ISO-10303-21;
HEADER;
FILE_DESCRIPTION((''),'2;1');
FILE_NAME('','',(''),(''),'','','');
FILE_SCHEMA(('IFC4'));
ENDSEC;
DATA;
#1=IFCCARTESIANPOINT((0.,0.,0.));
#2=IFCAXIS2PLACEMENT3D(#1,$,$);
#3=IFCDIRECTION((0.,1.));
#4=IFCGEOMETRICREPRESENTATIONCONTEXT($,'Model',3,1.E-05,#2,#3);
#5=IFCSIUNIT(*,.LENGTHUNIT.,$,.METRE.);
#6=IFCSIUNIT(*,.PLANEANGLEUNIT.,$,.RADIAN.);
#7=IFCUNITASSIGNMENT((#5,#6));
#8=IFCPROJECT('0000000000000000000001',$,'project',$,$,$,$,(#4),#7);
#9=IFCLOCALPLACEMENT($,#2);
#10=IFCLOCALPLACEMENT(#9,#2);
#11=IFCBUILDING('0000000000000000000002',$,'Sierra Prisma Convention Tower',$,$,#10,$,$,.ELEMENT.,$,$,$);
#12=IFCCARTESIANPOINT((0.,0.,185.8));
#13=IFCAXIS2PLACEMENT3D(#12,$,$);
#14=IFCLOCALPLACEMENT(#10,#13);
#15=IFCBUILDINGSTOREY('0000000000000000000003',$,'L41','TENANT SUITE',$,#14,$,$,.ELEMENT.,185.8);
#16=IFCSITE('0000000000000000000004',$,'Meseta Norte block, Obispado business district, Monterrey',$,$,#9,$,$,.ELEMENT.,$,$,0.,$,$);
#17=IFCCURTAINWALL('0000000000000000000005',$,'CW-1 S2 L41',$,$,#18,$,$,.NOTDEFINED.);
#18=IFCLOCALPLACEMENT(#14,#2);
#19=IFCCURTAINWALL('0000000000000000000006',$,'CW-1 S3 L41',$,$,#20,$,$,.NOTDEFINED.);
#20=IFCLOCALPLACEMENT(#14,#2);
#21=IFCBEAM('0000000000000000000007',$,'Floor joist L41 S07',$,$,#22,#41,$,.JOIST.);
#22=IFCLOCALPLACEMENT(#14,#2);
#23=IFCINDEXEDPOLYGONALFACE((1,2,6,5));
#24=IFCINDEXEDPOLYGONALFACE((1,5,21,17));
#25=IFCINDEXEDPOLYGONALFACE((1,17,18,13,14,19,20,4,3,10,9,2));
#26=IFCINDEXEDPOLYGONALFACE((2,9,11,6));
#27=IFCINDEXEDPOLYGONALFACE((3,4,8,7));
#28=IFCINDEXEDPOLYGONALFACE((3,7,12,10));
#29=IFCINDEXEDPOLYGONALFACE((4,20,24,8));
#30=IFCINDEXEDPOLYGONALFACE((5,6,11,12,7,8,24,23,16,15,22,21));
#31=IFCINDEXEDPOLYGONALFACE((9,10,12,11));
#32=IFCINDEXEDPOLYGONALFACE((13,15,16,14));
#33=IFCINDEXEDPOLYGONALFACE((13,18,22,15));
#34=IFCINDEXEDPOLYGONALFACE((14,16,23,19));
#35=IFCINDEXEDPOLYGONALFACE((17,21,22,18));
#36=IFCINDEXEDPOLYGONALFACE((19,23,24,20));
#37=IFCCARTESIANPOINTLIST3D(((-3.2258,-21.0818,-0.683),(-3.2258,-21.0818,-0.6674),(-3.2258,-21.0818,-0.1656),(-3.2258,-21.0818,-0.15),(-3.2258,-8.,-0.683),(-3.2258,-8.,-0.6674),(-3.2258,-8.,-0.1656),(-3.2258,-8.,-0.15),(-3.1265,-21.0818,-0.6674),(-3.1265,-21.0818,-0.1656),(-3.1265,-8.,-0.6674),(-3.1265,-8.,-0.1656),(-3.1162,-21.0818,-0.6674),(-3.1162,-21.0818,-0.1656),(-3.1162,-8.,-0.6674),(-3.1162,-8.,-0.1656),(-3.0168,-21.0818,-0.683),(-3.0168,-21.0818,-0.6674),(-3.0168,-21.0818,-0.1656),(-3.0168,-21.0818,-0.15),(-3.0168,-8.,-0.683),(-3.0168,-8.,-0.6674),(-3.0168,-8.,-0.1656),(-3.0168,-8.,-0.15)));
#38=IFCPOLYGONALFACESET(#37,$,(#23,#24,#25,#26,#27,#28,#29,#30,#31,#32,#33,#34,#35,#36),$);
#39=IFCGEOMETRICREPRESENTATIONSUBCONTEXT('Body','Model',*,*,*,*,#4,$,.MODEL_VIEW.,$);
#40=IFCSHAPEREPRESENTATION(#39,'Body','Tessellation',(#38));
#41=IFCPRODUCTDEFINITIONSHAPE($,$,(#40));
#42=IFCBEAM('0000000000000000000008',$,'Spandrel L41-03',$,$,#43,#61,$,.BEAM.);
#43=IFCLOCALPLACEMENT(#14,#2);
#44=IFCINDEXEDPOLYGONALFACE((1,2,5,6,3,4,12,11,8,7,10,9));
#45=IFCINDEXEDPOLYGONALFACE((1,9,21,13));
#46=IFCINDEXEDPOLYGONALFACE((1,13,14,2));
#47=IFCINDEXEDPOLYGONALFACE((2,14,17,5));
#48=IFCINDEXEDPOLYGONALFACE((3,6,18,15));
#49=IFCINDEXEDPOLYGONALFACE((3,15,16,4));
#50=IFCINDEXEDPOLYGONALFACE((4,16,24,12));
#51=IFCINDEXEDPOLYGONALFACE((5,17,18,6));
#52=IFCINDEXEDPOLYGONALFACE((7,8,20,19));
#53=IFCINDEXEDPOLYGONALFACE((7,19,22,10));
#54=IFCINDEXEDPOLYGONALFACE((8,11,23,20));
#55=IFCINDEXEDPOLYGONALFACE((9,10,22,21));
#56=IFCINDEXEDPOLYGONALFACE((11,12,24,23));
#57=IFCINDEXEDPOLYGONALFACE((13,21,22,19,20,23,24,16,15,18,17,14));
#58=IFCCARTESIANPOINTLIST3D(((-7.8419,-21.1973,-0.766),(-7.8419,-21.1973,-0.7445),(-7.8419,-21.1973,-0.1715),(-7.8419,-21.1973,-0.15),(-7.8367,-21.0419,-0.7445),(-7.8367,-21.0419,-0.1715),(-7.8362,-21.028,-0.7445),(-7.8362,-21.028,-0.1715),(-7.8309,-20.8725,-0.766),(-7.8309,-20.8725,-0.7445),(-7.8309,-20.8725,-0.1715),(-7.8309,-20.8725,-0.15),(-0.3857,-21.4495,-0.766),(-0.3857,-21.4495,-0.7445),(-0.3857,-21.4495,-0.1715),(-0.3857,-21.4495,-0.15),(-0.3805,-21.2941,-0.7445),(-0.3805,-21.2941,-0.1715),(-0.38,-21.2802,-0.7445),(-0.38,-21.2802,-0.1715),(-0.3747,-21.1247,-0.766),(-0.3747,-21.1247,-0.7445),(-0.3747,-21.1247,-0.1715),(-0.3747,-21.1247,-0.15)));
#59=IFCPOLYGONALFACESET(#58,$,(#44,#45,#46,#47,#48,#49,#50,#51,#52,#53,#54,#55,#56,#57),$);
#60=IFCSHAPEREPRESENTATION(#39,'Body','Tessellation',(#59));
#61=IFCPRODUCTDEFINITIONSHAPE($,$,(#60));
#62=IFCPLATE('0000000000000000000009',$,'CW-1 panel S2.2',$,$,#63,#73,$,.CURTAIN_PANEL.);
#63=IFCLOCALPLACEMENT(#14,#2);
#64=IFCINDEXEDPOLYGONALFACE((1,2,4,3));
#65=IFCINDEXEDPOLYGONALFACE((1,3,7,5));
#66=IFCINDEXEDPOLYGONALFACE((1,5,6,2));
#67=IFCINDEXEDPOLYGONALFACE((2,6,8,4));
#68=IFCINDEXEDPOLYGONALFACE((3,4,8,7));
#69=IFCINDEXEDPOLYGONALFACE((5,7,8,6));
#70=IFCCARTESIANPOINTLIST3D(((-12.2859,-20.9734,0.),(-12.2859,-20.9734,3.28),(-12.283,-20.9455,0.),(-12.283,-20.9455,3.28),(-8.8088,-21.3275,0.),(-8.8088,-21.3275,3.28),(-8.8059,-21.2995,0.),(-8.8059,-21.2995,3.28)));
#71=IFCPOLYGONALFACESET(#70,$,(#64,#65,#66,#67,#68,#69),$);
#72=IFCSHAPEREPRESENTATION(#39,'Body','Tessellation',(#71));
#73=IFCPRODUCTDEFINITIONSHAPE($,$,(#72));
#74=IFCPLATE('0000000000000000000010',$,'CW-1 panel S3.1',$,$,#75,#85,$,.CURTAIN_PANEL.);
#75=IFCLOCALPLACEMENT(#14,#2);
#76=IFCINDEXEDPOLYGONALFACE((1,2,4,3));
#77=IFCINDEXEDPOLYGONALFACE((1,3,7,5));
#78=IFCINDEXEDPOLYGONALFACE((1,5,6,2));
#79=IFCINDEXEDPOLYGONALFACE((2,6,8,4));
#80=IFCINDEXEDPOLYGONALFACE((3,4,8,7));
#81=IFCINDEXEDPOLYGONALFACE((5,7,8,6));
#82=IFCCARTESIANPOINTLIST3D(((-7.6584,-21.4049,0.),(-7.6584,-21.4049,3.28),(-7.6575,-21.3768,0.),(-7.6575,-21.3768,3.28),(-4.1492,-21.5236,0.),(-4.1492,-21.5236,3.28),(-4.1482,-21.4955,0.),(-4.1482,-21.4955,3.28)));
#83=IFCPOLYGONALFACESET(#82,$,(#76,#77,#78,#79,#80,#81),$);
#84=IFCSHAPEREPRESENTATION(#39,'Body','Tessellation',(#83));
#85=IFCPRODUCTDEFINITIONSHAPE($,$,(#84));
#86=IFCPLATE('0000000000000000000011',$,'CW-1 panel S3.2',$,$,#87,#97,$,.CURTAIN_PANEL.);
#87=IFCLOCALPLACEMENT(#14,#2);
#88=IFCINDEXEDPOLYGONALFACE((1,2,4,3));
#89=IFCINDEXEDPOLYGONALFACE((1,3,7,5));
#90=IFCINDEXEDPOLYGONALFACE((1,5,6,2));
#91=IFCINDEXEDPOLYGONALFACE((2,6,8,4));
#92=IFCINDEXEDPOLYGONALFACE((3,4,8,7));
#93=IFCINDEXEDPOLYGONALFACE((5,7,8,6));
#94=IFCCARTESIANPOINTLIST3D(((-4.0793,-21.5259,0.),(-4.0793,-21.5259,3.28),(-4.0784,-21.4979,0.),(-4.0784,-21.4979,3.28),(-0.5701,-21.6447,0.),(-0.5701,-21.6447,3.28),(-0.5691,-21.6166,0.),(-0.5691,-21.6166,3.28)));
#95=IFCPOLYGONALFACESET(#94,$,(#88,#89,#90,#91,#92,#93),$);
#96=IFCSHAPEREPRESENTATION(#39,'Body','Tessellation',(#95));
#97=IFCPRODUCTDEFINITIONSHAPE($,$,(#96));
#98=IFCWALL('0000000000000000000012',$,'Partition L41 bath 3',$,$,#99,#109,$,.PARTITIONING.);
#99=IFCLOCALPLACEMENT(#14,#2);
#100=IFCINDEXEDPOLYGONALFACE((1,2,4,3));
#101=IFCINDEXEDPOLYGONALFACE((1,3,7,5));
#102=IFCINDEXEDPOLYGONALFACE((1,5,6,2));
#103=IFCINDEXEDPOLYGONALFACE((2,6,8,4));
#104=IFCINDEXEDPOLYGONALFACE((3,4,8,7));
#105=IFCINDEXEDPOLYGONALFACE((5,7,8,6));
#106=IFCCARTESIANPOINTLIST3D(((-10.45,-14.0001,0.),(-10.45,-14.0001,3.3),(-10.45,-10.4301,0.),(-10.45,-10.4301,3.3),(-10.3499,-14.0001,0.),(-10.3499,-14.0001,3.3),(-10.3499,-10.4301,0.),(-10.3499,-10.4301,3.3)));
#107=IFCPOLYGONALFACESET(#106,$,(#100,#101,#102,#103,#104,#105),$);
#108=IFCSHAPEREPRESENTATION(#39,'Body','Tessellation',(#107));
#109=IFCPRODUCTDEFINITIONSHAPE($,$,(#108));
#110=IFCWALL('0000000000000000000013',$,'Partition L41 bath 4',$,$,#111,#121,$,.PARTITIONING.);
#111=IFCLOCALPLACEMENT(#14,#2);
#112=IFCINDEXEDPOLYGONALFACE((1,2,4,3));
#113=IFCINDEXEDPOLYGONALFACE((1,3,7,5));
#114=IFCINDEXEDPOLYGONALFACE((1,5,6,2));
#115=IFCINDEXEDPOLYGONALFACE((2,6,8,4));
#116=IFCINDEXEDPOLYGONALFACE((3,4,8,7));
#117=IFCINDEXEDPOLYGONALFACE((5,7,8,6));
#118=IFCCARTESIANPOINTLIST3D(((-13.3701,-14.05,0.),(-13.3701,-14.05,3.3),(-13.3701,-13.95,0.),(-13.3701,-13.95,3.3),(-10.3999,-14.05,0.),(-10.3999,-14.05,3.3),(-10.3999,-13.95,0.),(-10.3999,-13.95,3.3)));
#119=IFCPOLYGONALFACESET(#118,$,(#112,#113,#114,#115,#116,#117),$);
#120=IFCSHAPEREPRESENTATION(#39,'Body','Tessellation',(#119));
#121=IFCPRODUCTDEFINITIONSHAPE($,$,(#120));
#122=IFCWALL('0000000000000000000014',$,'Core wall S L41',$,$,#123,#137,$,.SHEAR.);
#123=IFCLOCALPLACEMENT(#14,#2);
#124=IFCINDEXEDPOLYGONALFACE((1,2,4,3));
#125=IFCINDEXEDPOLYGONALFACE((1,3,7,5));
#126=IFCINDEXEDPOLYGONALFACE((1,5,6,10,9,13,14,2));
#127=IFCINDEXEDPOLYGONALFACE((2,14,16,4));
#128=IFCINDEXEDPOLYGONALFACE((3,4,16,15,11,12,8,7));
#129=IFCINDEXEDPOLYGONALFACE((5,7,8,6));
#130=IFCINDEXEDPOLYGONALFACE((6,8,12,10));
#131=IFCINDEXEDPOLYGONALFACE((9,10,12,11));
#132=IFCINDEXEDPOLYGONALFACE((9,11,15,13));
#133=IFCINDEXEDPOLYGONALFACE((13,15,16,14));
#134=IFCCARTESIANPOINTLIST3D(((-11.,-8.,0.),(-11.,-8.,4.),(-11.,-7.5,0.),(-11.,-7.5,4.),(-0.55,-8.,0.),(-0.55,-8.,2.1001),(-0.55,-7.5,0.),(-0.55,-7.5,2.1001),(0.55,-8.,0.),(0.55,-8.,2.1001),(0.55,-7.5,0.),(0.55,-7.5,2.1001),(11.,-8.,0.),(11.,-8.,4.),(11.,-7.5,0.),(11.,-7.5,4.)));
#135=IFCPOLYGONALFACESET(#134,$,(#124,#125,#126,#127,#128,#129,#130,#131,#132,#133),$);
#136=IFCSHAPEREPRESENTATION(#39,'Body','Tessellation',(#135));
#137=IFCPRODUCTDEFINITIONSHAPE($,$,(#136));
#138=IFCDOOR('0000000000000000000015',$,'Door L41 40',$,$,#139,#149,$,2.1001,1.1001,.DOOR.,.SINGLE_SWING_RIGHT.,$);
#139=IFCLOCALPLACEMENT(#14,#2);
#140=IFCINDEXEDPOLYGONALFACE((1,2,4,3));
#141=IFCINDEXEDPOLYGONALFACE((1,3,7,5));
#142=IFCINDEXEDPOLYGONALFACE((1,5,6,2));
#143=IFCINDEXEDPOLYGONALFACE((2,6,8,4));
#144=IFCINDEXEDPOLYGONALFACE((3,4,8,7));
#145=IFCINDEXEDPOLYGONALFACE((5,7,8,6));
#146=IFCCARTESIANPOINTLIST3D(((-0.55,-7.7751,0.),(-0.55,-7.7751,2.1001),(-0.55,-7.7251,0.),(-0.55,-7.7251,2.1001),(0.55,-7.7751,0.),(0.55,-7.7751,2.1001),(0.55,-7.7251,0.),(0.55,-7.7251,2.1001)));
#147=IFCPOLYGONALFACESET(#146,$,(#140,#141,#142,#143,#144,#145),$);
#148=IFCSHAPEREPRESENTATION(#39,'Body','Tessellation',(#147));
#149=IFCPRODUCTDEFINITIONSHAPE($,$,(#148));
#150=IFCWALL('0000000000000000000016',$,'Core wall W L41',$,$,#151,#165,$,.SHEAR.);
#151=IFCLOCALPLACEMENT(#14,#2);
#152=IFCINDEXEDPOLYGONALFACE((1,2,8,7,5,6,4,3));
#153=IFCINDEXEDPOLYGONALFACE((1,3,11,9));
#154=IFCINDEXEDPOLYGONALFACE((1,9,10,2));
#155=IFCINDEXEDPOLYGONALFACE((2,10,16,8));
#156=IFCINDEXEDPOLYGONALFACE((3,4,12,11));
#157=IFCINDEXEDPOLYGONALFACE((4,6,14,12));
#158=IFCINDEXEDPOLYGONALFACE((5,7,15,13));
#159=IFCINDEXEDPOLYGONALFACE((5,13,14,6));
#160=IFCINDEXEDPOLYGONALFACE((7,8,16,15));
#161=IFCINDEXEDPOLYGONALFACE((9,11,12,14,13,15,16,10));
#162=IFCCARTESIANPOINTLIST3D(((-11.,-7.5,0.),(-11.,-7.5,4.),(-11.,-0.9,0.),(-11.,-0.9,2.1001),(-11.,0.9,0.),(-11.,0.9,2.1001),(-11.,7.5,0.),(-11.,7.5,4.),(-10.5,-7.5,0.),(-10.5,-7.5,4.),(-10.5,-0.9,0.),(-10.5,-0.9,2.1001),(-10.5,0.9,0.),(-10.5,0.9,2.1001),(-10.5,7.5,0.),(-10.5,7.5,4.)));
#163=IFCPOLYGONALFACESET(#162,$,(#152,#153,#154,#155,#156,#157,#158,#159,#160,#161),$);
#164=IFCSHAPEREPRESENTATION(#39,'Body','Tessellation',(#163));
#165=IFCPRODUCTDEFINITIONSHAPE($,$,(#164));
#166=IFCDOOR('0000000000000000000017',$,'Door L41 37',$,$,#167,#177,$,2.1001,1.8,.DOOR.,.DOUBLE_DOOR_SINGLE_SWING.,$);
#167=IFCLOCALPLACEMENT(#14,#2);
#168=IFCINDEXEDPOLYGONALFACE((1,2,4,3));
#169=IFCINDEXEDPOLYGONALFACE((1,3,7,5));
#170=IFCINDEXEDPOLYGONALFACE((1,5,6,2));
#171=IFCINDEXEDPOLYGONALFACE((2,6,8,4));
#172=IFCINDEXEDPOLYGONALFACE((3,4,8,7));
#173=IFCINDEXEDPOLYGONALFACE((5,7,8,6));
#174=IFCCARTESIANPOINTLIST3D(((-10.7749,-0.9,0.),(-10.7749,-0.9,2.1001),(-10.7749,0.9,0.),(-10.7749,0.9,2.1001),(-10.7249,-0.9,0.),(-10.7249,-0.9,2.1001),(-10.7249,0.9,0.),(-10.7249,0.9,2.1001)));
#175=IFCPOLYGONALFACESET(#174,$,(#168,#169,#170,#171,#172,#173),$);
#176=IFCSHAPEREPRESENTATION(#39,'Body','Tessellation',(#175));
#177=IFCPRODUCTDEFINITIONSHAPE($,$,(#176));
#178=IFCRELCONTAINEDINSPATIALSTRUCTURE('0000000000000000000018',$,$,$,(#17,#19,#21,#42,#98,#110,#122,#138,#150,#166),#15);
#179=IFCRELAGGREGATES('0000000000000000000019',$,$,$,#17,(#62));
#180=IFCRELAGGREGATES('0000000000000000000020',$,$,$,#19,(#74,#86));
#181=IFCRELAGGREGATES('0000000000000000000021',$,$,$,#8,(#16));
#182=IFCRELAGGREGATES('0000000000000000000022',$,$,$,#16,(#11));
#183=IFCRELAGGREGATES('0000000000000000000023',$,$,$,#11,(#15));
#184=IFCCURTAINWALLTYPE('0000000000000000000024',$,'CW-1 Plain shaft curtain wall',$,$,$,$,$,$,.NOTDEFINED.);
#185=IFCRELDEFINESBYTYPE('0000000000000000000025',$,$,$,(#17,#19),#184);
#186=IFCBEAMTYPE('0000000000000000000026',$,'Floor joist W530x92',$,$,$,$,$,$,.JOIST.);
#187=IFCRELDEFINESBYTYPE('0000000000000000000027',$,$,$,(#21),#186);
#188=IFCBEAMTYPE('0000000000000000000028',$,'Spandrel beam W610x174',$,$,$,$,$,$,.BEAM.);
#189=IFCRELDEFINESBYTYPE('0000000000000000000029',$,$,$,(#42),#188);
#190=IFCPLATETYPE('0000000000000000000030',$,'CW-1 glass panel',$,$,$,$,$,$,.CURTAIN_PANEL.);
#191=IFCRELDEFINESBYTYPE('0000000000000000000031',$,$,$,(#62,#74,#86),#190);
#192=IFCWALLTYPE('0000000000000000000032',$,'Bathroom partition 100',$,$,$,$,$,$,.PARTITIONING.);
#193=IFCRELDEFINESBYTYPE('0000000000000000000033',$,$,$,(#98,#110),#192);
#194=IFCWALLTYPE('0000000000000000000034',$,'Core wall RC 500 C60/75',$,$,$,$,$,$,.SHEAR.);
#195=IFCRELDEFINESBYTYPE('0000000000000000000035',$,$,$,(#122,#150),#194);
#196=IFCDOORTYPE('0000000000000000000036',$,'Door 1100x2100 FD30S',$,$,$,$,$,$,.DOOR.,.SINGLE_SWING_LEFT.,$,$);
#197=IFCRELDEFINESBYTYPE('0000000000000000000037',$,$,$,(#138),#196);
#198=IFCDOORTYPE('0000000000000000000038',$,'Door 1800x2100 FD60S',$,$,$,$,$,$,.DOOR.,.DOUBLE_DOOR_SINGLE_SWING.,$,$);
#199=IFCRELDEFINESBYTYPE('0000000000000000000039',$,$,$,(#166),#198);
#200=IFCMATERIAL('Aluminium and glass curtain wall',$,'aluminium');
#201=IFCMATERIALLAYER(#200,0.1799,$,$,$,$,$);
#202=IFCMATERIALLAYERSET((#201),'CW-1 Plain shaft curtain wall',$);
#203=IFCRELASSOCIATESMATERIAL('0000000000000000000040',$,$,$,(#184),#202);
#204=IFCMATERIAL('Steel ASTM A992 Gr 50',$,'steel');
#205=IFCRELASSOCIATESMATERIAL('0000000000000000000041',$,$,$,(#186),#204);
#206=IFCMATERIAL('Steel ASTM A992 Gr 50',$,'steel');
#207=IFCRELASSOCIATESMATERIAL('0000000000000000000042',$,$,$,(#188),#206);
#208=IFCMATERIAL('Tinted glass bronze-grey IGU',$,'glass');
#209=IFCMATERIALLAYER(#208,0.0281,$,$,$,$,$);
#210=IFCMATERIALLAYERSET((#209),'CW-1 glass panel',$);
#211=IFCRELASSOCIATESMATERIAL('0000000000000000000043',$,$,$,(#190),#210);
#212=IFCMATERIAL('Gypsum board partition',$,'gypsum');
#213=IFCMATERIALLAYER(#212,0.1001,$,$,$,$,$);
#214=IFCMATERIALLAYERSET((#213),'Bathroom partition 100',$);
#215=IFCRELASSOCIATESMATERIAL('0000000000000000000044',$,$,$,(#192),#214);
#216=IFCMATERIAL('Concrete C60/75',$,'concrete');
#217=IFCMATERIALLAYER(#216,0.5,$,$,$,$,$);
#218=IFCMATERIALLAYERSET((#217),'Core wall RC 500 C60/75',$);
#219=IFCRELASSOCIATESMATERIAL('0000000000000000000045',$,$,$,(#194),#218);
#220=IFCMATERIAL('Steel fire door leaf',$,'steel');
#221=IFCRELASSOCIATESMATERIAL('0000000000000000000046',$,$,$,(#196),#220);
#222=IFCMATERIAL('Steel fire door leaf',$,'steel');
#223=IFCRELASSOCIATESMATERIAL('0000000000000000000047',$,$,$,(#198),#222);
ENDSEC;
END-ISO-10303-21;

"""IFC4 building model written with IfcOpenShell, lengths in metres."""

from ifc_helpers import new_model, si_unit, direction, frame, frame_2d, origin, origin_2d, place, context, subcontext, project, spatial, rectangle, i_section, extrude, material, layer, layer_set, material_profile, profile_set, type_object, element, fill, aggregate, save


model = new_model("IFC4")

# Units and contexts
model_context = context("Model", 3, precision=1e-05, world=origin(), true_north=direction((0.0, 1.0)))
body_context = subcontext(model_context, "Body", "Model", "MODEL_VIEW")
ifc_project = project(units=[si_unit("LENGTHUNIT", "METRE"), si_unit("PLANEANGLEUNIT", "RADIAN")], contexts=[model_context])

# Site, building, storey
site_placement = place(None, origin())
site = spatial("IfcSite", under=ifc_project, at=site_placement, Name="Meseta Norte block, Obispado business district, Monterrey", CompositionType="ELEMENT", RefElevation=0.0)
building_placement = place(site_placement, origin())
building = spatial("IfcBuilding", under=site, at=building_placement, Name="Sierra Prisma Convention Tower", CompositionType="ELEMENT")
storey_placement = place(building_placement, frame((0.0, 0.0, 185.8)))
storey = spatial("IfcBuildingStorey", under=building, at=storey_placement, Name="L41", Description="TENANT SUITE", CompositionType="ELEMENT", Elevation=185.8)

# Curtain wall
ifc_material_1 = material(Name="Aluminium and glass curtain wall", Category="aluminium")
ifc_layer_1 = layer(ifc_material_1, 0.1799)
ifc_layer_set_1 = layer_set([ifc_layer_1], Name="CW-1 Plain shaft curtain wall")
curtain_wall_type = type_object("IfcCurtainWallType", Name="CW-1 Plain shaft curtain wall", PredefinedType="NOTDEFINED", material=ifc_layer_set_1)
curtain_wall_1_placement = place(storey_placement, origin())
curtain_wall_1 = element("IfcCurtainWall", 1, at=curtain_wall_1_placement, inside=storey, type_object=curtain_wall_type, Name="CW-1 S2 L41", PredefinedType="NOTDEFINED")

# Curtain wall
curtain_wall_2_placement = place(storey_placement, origin())
curtain_wall_2 = element("IfcCurtainWall", 2, at=curtain_wall_2_placement, inside=storey, type_object=curtain_wall_type, Name="CW-1 S3 L41", PredefinedType="NOTDEFINED")

# Beams
ifc_material_2 = material(Name="Steel ASTM A992 Gr 50", Category="steel")
ifc_material_profile_1 = material_profile(ifc_material_2, i_section(OverallWidth=0.209, OverallDepth=0.533, WebThickness=0.0103, FlangeThickness=0.0156, at=origin_2d()), Name="W530x92")
ifc_profile_set_1 = profile_set([ifc_material_profile_1], Name="Steel ASTM A992 Gr 50")
beam_type_1 = type_object("IfcBeamType", Name="Floor joist W530x92", PredefinedType="JOIST", material=ifc_profile_set_1)
beam_1_placement = place(storey_placement, frame((-3.1213, -21.0818, -0.4165), z_axis=(0.0, 1.0, 0.0), x_axis=(-1.0, 0.0, 0.0)))
element("IfcBeam", 3, at=beam_1_placement, inside=storey, type_object=beam_type_1, Name="Floor joist L41 S07", PredefinedType="JOIST", context=body_context, shape_type="SweptSolid", body=[
    extrude(i_section(OverallWidth=0.209, OverallDepth=0.533, WebThickness=0.0103, FlangeThickness=0.0156, at=origin_2d()), origin(), (0.0, 0.0, 1.0), 13.0818),
])
ifc_material_3 = material(Name="Steel ASTM A992 Gr 50", Category="steel")
ifc_material_profile_2 = material_profile(ifc_material_3, i_section(OverallWidth=0.325, OverallDepth=0.616, WebThickness=0.0139, FlangeThickness=0.0215, at=origin_2d()), Name="W610x174")
ifc_profile_set_2 = profile_set([ifc_material_profile_2], Name="Steel ASTM A992 Gr 50")
beam_type_2 = type_object("IfcBeamType", Name="Spandrel beam W610x174", PredefinedType="BEAM", material=ifc_profile_set_2)
beam_2_placement = place(storey_placement, frame((-7.8364, -21.0349, -0.458), z_axis=(0.999428, -0.033804, 0.0), x_axis=(0.033804, 0.999428, 0.0)))
element("IfcBeam", 4, at=beam_2_placement, inside=storey, type_object=beam_type_2, Name="Spandrel L41-03", PredefinedType="BEAM", context=body_context, shape_type="SweptSolid", body=[
    extrude(i_section(OverallWidth=0.325, OverallDepth=0.616, WebThickness=0.0139, FlangeThickness=0.0215, at=origin_2d()), origin(), (0.0, 0.0, 1.0), 7.4604),
])

# Plates
ifc_material_4 = material(Name="Tinted glass bronze-grey IGU", Category="glass")
ifc_layer_2 = layer(ifc_material_4, 0.0281)
ifc_layer_set_2 = layer_set([ifc_layer_2], Name="CW-1 glass panel")
plate_type = type_object("IfcPlateType", Name="CW-1 glass panel", PredefinedType="CURTAIN_PANEL", material=ifc_layer_set_2)
plate_1_placement = place(storey_placement, frame((-10.5459, -21.1365, 0.0), z_axis=(0.0, 0.0, 1.0), x_axis=(0.994856, -0.101297, 0.0)))
plate_1 = element("IfcPlate", 5, at=plate_1_placement, type_object=plate_type, Name="CW-1 panel S2.2", PredefinedType="CURTAIN_PANEL", context=body_context, shape_type="SweptSolid", body=[
    extrude(rectangle(XDim=3.4951, YDim=0.0281, at=origin_2d()), origin(), (0.0, 0.0, 1.0), 3.28),
])
aggregate(curtain_wall_1, [plate_1])
plate_2_placement = place(storey_placement, frame((-5.9033, -21.4502, 0.0), z_axis=(0.0, 0.0, 1.0), x_axis=(0.999428, -0.033817, 0.0)))
plate_2 = element("IfcPlate", 6, at=plate_2_placement, type_object=plate_type, Name="CW-1 panel S3.1", PredefinedType="CURTAIN_PANEL", context=body_context, shape_type="SweptSolid", body=[
    extrude(rectangle(XDim=3.5112, YDim=0.0281, at=origin_2d()), origin(), (0.0, 0.0, 1.0), 3.28),
])
plate_3_placement = place(storey_placement, frame((-2.3242, -21.5713, 0.0), z_axis=(0.0, 0.0, 1.0), x_axis=(0.999428, -0.033817, 0.0)))
plate_3 = element("IfcPlate", 7, at=plate_3_placement, type_object=plate_type, Name="CW-1 panel S3.2", PredefinedType="CURTAIN_PANEL", context=body_context, shape_type="SweptSolid", body=[
    extrude(rectangle(XDim=3.5112, YDim=0.0281, at=origin_2d()), origin(), (0.0, 0.0, 1.0), 3.28),
])
aggregate(curtain_wall_2, [plate_2, plate_3])

# Walls
ifc_material_5 = material(Name="Gypsum board partition", Category="gypsum")
ifc_layer_3 = layer(ifc_material_5, 0.1001)
ifc_layer_set_3 = layer_set([ifc_layer_3], Name="Bathroom partition 100")
wall_type_1 = type_object("IfcWallType", Name="Bathroom partition 100", PredefinedType="PARTITIONING", material=ifc_layer_set_3)
wall_1_placement = place(storey_placement, frame((-10.3999, -10.4299, 0.0), z_axis=(0.0, 0.0, 1.0), x_axis=(0.0, -1.0, 0.0)))
element("IfcWall", 8, at=wall_1_placement, inside=storey, type_object=wall_type_1, Name="Partition L41 bath 3", PredefinedType="PARTITIONING", context=body_context, shape_type="SweptSolid", body=[
    extrude(rectangle(XDim=3.5701, YDim=0.1001, at=frame_2d((1.7852, 0.0))), origin(), (0.0, 0.0, 1.0), 3.3),
])
wall_2_placement = place(storey_placement, frame((-10.3999, -14.0, 0.0), z_axis=(0.0, 0.0, 1.0), x_axis=(-1.0, 0.0, 0.0)))
element("IfcWall", 9, at=wall_2_placement, inside=storey, type_object=wall_type_1, Name="Partition L41 bath 4", PredefinedType="PARTITIONING", context=body_context, shape_type="SweptSolid", body=[
    extrude(rectangle(XDim=2.9702, YDim=0.1001, at=frame_2d((1.4851, 0.0))), origin(), (0.0, 0.0, 1.0), 3.3),
])

# Walls, openings, doors
ifc_material_6 = material(Name="Concrete C60/75", Category="concrete")
ifc_layer_4 = layer(ifc_material_6, 0.5)
ifc_layer_set_4 = layer_set([ifc_layer_4], Name="Core wall RC 500 C60/75")
wall_type_2 = type_object("IfcWallType", Name="Core wall RC 500 C60/75", PredefinedType="SHEAR", material=ifc_layer_set_4)
wall_3_placement = place(storey_placement, frame((-11.0, -7.75, 0.0), z_axis=(0.0, 0.0, 1.0), x_axis=(1.0, 0.0, 0.0)))
wall_3 = element("IfcWall", 10, at=wall_3_placement, inside=storey, type_object=wall_type_2, Name="Core wall S L41", PredefinedType="SHEAR", context=body_context, shape_type="SweptSolid", body=[
    extrude(rectangle(XDim=22.0, YDim=0.5, at=frame_2d((11.0, 0.0))), origin(), (0.0, 0.0, 1.0), 4.0),
])
opening_1_placement = place(wall_3_placement, frame((10.45, 0.0, 0.0)))
opening_1 = element("IfcOpeningElement", 11, at=opening_1_placement, cuts=wall_3, PredefinedType="OPENING", context=body_context, shape_type="SweptSolid", body=[
    extrude(rectangle(XDim=1.1001, YDim=2.1001, at=frame_2d((0.55, 1.05))), frame((0.0, 0.25, 0.0), z_axis=(0.0, -1.0, 0.0), x_axis=(1.0, 0.0, 0.0)), (0.0, 0.0, 1.0), 0.5),
])
ifc_material_7 = material(Name="Steel fire door leaf", Category="steel")
door_type_1 = type_object("IfcDoorType", Name="Door 1100x2100 FD30S", OperationType="SINGLE_SWING_LEFT", PredefinedType="DOOR", material=ifc_material_7)
door_1_placement = place(opening_1_placement, origin())
door_1 = element("IfcDoor", 12, at=door_1_placement, inside=storey, type_object=door_type_1, Name="Door L41 40", OperationType="SINGLE_SWING_RIGHT", OverallHeight=2.1001, OverallWidth=1.1001, PredefinedType="DOOR", context=body_context, shape_type="SweptSolid", body=[
    extrude(rectangle(XDim=1.1001, YDim=2.1001, at=frame_2d((0.55, 1.05))), frame((0.0, 0.0249, 0.0), z_axis=(0.0, -1.0, 0.0), x_axis=(1.0, 0.0, 0.0)), (0.0, 0.0, 1.0), 0.05),
])
fill(opening_1, door_1)
wall_4_placement = place(storey_placement, frame((-10.75, -7.5, 0.0), z_axis=(0.0, 0.0, 1.0), x_axis=(0.0, 1.0, 0.0)))
wall_4 = element("IfcWall", 13, at=wall_4_placement, inside=storey, type_object=wall_type_2, Name="Core wall W L41", PredefinedType="SHEAR", context=body_context, shape_type="SweptSolid", body=[
    extrude(rectangle(XDim=15.0, YDim=0.5, at=frame_2d((7.5, 0.0))), origin(), (0.0, 0.0, 1.0), 4.0),
])
opening_2_placement = place(wall_4_placement, frame((6.6001, 0.0, 0.0)))
opening_2 = element("IfcOpeningElement", 14, at=opening_2_placement, cuts=wall_4, PredefinedType="OPENING", context=body_context, shape_type="SweptSolid", body=[
    extrude(rectangle(XDim=1.8, YDim=2.1001, at=frame_2d((0.8999, 1.05))), frame((0.0, 0.25, 0.0), z_axis=(0.0, -1.0, 0.0), x_axis=(1.0, 0.0, 0.0)), (0.0, 0.0, 1.0), 0.5),
])
ifc_material_8 = material(Name="Steel fire door leaf", Category="steel")
door_type_2 = type_object("IfcDoorType", Name="Door 1800x2100 FD60S", OperationType="DOUBLE_DOOR_SINGLE_SWING", PredefinedType="DOOR", material=ifc_material_8)
door_2_placement = place(opening_2_placement, origin())
door_2 = element("IfcDoor", 15, at=door_2_placement, inside=storey, type_object=door_type_2, Name="Door L41 37", OperationType="DOUBLE_DOOR_SINGLE_SWING", OverallHeight=2.1001, OverallWidth=1.8, PredefinedType="DOOR", context=body_context, shape_type="SweptSolid", body=[
    extrude(rectangle(XDim=1.8, YDim=2.1001, at=frame_2d((0.8999, 1.05))), frame((0.0, 0.0249, 0.0), z_axis=(0.0, -1.0, 0.0), x_axis=(1.0, 0.0, 0.0)), (0.0, 0.0, 1.0), 0.05),
])
fill(opening_2, door_2)

save(model, "model.ifc")
